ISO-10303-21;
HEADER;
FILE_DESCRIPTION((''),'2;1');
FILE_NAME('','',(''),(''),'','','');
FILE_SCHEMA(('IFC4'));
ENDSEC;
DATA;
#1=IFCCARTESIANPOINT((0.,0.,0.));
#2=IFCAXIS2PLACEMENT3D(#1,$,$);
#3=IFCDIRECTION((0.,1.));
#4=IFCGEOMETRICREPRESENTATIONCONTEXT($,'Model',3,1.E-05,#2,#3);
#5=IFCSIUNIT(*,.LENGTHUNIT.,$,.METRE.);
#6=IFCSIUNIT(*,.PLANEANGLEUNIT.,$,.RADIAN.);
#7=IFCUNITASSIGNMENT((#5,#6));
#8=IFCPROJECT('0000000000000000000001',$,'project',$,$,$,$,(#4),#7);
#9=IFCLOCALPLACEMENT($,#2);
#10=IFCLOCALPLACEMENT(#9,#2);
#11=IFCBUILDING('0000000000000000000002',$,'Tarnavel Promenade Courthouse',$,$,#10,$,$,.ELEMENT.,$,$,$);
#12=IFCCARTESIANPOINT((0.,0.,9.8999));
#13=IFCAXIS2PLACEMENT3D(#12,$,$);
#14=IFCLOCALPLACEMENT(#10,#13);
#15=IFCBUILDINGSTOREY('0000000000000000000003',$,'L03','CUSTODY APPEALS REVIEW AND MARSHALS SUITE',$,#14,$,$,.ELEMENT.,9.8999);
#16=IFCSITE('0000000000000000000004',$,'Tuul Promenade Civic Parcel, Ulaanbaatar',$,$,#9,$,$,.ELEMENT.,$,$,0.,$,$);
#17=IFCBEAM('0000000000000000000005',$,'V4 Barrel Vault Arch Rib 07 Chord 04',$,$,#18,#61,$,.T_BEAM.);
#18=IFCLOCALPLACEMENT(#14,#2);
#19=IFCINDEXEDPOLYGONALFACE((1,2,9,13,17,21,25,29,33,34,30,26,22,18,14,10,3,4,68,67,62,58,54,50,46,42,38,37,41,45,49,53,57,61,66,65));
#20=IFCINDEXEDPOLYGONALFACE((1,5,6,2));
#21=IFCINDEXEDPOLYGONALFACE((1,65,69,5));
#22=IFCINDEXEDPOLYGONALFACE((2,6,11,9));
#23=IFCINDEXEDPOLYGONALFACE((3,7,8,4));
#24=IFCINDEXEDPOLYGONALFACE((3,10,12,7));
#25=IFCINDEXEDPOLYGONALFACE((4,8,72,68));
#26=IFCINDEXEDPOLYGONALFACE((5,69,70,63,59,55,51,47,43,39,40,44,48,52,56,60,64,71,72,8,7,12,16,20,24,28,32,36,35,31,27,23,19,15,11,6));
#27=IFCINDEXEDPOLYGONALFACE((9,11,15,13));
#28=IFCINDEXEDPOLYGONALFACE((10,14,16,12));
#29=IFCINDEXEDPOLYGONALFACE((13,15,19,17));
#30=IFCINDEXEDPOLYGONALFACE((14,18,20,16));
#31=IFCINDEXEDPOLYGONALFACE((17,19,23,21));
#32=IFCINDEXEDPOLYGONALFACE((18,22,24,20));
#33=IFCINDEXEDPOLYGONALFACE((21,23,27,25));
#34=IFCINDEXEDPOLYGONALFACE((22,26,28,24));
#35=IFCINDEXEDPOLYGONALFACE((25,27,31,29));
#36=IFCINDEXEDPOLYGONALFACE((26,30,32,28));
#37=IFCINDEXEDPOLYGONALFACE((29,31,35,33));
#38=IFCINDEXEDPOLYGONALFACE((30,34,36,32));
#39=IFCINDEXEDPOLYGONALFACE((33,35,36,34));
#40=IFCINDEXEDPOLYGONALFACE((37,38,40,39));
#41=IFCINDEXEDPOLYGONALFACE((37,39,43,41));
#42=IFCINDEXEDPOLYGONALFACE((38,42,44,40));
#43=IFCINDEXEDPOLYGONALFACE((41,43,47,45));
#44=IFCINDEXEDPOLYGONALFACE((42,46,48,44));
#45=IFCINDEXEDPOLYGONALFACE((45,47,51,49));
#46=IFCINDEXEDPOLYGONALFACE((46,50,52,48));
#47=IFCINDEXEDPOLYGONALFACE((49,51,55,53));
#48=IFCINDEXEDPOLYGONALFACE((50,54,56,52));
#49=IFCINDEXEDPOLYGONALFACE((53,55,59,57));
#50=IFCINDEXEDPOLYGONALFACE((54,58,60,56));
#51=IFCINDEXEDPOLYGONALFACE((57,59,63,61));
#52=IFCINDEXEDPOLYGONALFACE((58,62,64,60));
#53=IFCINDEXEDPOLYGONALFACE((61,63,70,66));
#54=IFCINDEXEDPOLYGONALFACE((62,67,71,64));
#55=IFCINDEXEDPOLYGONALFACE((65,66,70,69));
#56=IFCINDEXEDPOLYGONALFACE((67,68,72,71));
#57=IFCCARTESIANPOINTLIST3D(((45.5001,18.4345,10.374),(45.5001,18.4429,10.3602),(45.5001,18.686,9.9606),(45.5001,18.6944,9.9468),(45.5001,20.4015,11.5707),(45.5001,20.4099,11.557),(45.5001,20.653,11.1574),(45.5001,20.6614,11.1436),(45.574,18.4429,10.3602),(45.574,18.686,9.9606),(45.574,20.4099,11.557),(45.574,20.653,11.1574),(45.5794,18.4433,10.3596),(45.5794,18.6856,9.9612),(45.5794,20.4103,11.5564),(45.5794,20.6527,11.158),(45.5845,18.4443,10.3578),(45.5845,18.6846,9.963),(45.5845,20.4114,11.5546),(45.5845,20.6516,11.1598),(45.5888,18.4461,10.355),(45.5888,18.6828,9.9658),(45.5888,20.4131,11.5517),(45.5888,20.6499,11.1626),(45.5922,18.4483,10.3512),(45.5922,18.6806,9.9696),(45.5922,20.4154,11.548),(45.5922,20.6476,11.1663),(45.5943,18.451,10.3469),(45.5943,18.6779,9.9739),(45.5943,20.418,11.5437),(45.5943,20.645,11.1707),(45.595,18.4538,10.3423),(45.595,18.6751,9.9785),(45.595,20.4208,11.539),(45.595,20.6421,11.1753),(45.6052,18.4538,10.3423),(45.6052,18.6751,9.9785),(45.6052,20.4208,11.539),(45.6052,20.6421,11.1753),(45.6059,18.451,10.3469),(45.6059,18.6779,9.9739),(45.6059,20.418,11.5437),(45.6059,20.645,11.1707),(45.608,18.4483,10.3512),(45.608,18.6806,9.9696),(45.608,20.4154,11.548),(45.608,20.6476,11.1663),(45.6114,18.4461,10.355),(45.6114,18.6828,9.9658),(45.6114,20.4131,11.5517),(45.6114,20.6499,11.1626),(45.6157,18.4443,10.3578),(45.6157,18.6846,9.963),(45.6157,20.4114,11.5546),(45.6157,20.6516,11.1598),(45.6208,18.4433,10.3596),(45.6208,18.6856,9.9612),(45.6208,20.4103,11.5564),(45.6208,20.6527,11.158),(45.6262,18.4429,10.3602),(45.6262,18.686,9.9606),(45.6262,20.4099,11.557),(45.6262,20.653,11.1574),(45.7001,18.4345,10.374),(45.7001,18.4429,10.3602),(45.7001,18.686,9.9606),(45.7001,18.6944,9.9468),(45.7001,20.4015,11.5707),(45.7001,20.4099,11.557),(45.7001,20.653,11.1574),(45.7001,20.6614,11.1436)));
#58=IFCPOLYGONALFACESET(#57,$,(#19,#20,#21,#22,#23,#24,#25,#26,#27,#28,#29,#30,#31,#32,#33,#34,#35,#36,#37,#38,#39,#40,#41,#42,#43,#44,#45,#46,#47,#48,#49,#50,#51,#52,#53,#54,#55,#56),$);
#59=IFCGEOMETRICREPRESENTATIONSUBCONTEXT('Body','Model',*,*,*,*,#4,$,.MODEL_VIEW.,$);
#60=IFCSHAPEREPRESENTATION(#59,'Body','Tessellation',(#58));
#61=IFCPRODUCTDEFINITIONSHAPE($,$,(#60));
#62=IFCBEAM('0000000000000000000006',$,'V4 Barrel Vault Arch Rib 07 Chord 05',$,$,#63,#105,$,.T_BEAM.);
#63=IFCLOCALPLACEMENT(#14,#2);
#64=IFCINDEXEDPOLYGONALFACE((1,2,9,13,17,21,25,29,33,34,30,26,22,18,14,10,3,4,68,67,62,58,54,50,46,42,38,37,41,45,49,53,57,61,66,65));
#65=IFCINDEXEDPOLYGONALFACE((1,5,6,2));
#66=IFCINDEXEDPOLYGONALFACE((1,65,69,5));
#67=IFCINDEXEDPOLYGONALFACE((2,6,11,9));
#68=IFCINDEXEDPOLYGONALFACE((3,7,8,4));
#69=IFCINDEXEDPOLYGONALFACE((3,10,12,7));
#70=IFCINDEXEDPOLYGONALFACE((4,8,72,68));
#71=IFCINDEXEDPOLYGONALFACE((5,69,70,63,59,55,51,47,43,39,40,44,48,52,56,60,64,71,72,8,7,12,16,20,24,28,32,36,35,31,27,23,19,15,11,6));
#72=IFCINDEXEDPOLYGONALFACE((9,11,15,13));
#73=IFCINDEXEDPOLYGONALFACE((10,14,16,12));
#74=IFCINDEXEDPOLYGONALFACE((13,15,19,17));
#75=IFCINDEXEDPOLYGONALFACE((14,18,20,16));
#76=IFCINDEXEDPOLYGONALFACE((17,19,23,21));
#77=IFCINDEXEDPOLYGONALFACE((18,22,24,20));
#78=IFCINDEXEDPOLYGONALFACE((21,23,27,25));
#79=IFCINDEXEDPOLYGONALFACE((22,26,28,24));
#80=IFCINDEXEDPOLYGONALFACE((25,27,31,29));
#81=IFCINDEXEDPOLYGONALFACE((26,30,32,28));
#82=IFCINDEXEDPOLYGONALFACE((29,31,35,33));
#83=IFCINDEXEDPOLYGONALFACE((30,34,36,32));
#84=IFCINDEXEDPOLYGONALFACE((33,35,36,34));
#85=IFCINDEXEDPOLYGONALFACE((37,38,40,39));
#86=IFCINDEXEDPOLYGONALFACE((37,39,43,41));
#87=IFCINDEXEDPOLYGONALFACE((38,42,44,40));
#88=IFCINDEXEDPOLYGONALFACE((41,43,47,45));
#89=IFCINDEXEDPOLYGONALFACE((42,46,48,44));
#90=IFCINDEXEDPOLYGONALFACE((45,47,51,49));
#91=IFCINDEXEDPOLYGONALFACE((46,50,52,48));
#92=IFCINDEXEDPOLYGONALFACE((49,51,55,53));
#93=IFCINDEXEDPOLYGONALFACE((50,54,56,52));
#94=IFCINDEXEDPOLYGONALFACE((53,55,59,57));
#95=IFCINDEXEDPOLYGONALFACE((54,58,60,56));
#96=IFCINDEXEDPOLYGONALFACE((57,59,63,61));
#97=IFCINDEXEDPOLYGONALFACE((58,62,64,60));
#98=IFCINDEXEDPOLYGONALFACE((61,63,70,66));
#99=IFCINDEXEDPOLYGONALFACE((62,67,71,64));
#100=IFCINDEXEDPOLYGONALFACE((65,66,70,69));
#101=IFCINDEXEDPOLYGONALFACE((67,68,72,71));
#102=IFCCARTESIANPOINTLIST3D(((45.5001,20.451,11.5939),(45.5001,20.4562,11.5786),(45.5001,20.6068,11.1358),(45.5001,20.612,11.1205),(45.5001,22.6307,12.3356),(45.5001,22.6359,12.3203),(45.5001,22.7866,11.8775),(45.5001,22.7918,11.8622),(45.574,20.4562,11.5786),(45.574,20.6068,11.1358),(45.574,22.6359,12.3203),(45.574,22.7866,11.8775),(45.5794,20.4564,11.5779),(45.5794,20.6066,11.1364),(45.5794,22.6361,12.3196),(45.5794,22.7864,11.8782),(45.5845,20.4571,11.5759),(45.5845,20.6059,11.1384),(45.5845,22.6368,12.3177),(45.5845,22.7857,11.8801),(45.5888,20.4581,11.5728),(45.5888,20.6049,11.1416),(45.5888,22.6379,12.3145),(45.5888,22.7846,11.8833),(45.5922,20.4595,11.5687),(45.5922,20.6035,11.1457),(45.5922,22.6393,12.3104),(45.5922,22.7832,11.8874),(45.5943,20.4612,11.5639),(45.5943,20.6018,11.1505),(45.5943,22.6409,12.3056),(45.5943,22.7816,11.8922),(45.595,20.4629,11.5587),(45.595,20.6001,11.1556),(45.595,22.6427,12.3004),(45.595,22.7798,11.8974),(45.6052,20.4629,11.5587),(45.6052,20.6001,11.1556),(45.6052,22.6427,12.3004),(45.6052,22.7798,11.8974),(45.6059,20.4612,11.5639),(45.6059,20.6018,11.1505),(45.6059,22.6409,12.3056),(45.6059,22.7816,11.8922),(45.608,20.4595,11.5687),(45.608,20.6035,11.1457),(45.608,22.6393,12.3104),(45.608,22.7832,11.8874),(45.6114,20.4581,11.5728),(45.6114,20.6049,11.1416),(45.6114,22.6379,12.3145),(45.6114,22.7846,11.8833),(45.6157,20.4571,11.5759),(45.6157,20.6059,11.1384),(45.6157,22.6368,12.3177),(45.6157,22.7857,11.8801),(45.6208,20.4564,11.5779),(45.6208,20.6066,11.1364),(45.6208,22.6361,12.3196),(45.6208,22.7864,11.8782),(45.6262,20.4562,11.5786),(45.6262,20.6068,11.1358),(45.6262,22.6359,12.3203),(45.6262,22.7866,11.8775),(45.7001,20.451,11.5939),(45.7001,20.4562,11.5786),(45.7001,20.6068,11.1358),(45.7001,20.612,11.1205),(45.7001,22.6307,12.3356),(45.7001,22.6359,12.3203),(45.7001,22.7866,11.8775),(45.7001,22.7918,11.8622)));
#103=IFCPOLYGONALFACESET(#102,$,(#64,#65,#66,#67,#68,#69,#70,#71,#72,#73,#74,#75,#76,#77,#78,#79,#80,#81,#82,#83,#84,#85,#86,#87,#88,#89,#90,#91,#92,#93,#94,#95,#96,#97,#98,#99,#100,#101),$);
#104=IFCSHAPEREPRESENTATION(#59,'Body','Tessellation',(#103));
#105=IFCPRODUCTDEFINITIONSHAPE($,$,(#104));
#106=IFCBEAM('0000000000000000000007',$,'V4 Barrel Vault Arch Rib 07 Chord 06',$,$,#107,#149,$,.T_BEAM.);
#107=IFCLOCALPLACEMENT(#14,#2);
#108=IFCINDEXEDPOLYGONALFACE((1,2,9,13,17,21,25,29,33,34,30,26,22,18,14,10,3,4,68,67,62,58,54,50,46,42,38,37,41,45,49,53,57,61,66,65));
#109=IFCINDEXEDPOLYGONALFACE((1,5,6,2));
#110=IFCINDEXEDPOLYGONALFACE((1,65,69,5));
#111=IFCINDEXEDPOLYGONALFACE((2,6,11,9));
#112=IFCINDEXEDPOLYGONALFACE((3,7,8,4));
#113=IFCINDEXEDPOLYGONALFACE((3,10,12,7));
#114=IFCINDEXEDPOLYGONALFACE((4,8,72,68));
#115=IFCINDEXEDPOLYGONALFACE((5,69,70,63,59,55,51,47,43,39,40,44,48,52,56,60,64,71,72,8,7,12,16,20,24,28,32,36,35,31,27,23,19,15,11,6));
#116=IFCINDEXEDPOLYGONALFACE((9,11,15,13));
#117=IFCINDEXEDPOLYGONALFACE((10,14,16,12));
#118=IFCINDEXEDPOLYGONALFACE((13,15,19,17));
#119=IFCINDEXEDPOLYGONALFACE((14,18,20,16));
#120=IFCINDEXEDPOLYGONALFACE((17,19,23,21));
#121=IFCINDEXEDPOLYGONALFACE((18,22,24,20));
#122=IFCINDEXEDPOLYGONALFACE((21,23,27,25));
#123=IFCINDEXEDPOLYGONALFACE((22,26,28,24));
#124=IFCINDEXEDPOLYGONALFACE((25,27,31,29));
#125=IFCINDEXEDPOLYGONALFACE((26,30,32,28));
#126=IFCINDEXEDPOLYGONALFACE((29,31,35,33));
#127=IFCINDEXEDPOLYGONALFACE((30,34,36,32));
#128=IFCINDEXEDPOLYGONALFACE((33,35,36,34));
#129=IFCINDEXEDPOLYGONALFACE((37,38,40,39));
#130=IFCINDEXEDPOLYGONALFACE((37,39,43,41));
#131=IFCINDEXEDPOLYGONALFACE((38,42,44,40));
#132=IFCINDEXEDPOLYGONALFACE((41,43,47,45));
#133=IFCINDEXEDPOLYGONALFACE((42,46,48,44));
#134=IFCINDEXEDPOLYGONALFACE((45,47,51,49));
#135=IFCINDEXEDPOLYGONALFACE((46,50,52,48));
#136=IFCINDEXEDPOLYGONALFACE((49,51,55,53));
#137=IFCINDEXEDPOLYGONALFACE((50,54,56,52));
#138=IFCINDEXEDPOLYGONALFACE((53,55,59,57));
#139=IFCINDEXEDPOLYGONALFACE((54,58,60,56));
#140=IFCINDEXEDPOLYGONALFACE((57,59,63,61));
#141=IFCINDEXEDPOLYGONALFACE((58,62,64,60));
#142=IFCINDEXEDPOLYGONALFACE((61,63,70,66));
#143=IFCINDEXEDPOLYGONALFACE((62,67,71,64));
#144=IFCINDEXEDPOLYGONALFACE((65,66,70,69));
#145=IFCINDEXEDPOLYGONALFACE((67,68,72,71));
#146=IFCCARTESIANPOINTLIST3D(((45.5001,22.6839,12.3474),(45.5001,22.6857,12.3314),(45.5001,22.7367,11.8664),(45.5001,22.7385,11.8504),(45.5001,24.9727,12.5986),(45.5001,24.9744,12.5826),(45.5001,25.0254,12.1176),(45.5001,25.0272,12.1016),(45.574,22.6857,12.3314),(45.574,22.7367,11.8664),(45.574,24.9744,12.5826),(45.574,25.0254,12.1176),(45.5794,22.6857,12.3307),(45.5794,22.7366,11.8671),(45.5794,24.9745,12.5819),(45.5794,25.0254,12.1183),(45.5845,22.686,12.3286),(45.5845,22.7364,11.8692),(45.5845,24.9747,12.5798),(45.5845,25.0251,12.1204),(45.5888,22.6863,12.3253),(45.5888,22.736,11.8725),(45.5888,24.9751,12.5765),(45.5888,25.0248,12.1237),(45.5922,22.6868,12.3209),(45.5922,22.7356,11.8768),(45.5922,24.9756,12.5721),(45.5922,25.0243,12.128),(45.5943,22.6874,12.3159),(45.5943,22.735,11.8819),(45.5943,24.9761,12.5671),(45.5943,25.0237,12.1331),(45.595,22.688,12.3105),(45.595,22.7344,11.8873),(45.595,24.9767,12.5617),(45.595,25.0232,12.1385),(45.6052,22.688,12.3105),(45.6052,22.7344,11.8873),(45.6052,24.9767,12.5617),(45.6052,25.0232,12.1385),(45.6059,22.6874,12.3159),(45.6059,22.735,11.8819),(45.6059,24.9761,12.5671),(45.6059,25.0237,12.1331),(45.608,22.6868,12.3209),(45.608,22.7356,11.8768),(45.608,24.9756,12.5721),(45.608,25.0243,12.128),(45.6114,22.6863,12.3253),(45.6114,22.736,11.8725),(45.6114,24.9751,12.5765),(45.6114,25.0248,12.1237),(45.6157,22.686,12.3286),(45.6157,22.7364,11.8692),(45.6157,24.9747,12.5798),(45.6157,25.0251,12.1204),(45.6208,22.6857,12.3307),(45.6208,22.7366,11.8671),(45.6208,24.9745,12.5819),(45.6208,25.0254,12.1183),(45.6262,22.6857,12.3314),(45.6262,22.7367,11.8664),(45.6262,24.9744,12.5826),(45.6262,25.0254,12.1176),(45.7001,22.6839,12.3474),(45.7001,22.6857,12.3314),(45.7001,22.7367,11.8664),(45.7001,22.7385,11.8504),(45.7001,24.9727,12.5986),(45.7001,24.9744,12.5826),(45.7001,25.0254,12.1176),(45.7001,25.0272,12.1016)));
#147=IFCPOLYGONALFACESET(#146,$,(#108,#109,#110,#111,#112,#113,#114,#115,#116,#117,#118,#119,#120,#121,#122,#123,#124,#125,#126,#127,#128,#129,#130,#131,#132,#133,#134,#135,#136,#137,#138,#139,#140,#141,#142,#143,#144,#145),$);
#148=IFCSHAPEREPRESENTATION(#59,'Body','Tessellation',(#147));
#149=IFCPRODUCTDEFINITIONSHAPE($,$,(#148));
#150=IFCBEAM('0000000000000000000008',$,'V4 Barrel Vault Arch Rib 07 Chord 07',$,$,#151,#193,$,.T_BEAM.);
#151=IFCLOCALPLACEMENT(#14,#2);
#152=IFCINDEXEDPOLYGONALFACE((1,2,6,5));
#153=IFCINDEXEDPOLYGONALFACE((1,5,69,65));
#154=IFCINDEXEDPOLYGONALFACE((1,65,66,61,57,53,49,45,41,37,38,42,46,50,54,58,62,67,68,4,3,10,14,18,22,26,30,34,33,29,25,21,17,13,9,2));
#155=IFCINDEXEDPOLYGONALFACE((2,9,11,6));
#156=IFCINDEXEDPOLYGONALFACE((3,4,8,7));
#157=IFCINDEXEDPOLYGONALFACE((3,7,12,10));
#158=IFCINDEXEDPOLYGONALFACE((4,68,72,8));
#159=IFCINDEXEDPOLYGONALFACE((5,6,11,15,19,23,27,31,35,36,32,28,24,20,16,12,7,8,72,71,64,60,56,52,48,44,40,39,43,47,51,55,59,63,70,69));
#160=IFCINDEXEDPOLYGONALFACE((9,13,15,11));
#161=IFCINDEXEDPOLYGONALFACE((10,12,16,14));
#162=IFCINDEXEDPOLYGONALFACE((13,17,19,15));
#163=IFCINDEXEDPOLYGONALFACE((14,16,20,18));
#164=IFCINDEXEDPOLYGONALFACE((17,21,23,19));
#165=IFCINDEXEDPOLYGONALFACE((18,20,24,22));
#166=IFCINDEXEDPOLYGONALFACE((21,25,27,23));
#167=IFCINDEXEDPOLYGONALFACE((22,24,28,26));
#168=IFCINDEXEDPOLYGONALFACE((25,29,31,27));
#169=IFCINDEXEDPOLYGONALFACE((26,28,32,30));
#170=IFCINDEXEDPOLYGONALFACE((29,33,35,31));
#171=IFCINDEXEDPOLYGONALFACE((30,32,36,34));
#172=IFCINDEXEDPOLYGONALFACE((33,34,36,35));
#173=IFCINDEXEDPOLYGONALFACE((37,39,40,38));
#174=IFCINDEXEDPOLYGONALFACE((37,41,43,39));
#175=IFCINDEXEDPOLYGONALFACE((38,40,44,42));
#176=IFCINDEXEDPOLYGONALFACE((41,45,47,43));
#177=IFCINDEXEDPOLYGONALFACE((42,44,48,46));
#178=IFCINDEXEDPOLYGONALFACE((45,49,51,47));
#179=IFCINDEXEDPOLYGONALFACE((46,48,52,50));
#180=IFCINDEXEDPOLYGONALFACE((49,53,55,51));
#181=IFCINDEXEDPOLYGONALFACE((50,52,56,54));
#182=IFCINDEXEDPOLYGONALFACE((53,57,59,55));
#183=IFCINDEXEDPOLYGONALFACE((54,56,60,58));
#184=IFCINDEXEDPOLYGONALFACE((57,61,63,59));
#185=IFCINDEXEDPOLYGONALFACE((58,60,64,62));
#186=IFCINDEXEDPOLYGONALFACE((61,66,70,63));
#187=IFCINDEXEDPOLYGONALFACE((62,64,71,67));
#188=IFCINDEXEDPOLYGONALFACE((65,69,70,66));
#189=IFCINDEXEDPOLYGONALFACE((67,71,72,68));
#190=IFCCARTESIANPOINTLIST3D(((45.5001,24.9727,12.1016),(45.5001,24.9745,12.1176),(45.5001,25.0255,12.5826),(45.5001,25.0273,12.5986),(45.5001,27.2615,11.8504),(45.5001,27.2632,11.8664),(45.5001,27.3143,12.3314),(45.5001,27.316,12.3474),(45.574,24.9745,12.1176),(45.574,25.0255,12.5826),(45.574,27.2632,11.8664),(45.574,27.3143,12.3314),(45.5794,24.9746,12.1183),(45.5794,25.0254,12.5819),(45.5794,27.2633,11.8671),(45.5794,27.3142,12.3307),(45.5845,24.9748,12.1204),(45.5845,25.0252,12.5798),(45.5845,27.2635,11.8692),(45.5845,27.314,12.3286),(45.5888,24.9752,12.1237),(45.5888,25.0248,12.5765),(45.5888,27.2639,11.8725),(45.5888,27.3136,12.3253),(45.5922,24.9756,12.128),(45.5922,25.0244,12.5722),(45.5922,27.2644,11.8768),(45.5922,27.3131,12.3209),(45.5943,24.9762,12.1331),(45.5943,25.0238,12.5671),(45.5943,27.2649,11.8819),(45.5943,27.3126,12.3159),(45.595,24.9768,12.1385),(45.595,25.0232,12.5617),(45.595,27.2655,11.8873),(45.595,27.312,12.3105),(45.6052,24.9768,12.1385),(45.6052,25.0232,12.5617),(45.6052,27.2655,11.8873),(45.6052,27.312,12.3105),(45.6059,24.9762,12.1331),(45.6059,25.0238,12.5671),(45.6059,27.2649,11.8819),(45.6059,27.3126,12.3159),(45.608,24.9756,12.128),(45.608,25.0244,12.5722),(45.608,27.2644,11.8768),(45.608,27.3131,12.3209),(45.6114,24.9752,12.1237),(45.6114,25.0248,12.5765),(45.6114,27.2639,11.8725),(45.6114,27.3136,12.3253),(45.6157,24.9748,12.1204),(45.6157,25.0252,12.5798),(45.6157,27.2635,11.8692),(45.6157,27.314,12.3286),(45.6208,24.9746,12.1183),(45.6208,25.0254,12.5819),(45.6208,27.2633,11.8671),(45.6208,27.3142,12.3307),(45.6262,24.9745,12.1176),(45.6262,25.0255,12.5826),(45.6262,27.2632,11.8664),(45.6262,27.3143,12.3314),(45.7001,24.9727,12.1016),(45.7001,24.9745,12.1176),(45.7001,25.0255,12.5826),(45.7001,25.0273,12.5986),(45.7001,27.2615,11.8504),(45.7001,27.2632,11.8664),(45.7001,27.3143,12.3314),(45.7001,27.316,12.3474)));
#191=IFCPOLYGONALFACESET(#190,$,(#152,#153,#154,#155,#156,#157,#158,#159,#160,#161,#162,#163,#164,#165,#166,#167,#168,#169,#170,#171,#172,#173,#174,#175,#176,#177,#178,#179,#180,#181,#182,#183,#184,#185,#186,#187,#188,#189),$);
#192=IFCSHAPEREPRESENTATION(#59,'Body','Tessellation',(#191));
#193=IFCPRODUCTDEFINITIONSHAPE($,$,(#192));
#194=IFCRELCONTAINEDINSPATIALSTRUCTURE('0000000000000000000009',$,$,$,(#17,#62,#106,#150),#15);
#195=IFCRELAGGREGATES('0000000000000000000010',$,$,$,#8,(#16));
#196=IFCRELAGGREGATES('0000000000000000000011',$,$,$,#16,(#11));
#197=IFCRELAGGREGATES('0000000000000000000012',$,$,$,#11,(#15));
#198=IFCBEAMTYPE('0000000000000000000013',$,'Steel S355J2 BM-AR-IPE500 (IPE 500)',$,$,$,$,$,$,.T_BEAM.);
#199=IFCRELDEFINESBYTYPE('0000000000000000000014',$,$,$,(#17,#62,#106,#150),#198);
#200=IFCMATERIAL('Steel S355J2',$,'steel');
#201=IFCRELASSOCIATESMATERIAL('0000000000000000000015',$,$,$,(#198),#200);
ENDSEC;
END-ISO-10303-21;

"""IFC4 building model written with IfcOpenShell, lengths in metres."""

from ifc_helpers import new_model, si_unit, direction, frame, origin, origin_2d, place, context, subcontext, project, spatial, i_section, extrude, material, material_profile, profile_set, type_object, element, save


model = new_model("IFC4")

# Units and contexts
model_context = context("Model", 3, precision=1e-05, world=origin(), true_north=direction((0.0, 1.0)))
body_context = subcontext(model_context, "Body", "Model", "MODEL_VIEW")
ifc_project = project(units=[si_unit("LENGTHUNIT", "METRE"), si_unit("PLANEANGLEUNIT", "RADIAN")], contexts=[model_context])

# Site, building, storey
site_placement = place(None, origin())
site = spatial("IfcSite", under=ifc_project, at=site_placement, Name="Tuul Promenade Civic Parcel, Ulaanbaatar", CompositionType="ELEMENT", RefElevation=0.0)
building_placement = place(site_placement, origin())
building = spatial("IfcBuilding", under=site, at=building_placement, Name="Tarnavel Promenade Courthouse", CompositionType="ELEMENT")
storey_placement = place(building_placement, frame((0.0, 0.0, 9.8999)))
storey = spatial("IfcBuildingStorey", under=building, at=storey_placement, Name="L03", Description="CUSTODY APPEALS REVIEW AND MARSHALS SUITE", CompositionType="ELEMENT", Elevation=9.8999)

# Beams
ifc_material_1 = material(Name="Steel S355J2", Category="steel")
ifc_material_profile_1 = material_profile(ifc_material_1, i_section(OverallWidth=0.2, OverallDepth=0.5, WebThickness=0.0103, FlangeThickness=0.0161, FilletRadius=0.021, at=origin_2d()), Name="IPE 500")
ifc_profile_set_1 = profile_set([ifc_material_profile_1], Name="Steel S355J2")
beam_type = type_object("IfcBeamType", Name="Steel S355J2 BM-AR-IPE500 (IPE 500)", PredefinedType="T_BEAM", material=ifc_profile_set_1)
for number, where, z_axis, x_axis, name in (
    (1, (45.6001, 18.5645, 10.1604), (0.0, 0.854305, 0.519772), (-1.0, 0.0, 0.0), "V4 Barrel Vault Arch Rib 07 Chord 04"),
    (2, (45.6001, 20.5315, 11.3572), (0.0, 0.946693, 0.322138), (-1.0, 0.0, 0.0), "V4 Barrel Vault Arch Rib 07 Chord 05"),
    (3, (45.6001, 22.7112, 12.0989), (0.0, 0.99403, 0.109105), (-1.0, 0.0, 0.0), "V4 Barrel Vault Arch Rib 07 Chord 06"),
    (4, (45.6001, 25.0, 12.3501), (0.0, 0.99403, -0.109105), (-1.0, 0.0, 0.0), "V4 Barrel Vault Arch Rib 07 Chord 07"),
):
    element("IfcBeam", number, at=place(storey_placement, frame(where, z_axis=z_axis, x_axis=x_axis)), inside=storey, type_object=beam_type, Name=name, PredefinedType="T_BEAM", context=body_context, shape_type="SweptSolid", body=[
        extrude(i_section(OverallWidth=0.2, OverallDepth=0.5, WebThickness=0.0103, FlangeThickness=0.0161, FilletRadius=0.021, at=origin_2d()), origin(), (0.0, 0.0, 1.0), 2.3025),
    ])

save(model, "model.ifc")
